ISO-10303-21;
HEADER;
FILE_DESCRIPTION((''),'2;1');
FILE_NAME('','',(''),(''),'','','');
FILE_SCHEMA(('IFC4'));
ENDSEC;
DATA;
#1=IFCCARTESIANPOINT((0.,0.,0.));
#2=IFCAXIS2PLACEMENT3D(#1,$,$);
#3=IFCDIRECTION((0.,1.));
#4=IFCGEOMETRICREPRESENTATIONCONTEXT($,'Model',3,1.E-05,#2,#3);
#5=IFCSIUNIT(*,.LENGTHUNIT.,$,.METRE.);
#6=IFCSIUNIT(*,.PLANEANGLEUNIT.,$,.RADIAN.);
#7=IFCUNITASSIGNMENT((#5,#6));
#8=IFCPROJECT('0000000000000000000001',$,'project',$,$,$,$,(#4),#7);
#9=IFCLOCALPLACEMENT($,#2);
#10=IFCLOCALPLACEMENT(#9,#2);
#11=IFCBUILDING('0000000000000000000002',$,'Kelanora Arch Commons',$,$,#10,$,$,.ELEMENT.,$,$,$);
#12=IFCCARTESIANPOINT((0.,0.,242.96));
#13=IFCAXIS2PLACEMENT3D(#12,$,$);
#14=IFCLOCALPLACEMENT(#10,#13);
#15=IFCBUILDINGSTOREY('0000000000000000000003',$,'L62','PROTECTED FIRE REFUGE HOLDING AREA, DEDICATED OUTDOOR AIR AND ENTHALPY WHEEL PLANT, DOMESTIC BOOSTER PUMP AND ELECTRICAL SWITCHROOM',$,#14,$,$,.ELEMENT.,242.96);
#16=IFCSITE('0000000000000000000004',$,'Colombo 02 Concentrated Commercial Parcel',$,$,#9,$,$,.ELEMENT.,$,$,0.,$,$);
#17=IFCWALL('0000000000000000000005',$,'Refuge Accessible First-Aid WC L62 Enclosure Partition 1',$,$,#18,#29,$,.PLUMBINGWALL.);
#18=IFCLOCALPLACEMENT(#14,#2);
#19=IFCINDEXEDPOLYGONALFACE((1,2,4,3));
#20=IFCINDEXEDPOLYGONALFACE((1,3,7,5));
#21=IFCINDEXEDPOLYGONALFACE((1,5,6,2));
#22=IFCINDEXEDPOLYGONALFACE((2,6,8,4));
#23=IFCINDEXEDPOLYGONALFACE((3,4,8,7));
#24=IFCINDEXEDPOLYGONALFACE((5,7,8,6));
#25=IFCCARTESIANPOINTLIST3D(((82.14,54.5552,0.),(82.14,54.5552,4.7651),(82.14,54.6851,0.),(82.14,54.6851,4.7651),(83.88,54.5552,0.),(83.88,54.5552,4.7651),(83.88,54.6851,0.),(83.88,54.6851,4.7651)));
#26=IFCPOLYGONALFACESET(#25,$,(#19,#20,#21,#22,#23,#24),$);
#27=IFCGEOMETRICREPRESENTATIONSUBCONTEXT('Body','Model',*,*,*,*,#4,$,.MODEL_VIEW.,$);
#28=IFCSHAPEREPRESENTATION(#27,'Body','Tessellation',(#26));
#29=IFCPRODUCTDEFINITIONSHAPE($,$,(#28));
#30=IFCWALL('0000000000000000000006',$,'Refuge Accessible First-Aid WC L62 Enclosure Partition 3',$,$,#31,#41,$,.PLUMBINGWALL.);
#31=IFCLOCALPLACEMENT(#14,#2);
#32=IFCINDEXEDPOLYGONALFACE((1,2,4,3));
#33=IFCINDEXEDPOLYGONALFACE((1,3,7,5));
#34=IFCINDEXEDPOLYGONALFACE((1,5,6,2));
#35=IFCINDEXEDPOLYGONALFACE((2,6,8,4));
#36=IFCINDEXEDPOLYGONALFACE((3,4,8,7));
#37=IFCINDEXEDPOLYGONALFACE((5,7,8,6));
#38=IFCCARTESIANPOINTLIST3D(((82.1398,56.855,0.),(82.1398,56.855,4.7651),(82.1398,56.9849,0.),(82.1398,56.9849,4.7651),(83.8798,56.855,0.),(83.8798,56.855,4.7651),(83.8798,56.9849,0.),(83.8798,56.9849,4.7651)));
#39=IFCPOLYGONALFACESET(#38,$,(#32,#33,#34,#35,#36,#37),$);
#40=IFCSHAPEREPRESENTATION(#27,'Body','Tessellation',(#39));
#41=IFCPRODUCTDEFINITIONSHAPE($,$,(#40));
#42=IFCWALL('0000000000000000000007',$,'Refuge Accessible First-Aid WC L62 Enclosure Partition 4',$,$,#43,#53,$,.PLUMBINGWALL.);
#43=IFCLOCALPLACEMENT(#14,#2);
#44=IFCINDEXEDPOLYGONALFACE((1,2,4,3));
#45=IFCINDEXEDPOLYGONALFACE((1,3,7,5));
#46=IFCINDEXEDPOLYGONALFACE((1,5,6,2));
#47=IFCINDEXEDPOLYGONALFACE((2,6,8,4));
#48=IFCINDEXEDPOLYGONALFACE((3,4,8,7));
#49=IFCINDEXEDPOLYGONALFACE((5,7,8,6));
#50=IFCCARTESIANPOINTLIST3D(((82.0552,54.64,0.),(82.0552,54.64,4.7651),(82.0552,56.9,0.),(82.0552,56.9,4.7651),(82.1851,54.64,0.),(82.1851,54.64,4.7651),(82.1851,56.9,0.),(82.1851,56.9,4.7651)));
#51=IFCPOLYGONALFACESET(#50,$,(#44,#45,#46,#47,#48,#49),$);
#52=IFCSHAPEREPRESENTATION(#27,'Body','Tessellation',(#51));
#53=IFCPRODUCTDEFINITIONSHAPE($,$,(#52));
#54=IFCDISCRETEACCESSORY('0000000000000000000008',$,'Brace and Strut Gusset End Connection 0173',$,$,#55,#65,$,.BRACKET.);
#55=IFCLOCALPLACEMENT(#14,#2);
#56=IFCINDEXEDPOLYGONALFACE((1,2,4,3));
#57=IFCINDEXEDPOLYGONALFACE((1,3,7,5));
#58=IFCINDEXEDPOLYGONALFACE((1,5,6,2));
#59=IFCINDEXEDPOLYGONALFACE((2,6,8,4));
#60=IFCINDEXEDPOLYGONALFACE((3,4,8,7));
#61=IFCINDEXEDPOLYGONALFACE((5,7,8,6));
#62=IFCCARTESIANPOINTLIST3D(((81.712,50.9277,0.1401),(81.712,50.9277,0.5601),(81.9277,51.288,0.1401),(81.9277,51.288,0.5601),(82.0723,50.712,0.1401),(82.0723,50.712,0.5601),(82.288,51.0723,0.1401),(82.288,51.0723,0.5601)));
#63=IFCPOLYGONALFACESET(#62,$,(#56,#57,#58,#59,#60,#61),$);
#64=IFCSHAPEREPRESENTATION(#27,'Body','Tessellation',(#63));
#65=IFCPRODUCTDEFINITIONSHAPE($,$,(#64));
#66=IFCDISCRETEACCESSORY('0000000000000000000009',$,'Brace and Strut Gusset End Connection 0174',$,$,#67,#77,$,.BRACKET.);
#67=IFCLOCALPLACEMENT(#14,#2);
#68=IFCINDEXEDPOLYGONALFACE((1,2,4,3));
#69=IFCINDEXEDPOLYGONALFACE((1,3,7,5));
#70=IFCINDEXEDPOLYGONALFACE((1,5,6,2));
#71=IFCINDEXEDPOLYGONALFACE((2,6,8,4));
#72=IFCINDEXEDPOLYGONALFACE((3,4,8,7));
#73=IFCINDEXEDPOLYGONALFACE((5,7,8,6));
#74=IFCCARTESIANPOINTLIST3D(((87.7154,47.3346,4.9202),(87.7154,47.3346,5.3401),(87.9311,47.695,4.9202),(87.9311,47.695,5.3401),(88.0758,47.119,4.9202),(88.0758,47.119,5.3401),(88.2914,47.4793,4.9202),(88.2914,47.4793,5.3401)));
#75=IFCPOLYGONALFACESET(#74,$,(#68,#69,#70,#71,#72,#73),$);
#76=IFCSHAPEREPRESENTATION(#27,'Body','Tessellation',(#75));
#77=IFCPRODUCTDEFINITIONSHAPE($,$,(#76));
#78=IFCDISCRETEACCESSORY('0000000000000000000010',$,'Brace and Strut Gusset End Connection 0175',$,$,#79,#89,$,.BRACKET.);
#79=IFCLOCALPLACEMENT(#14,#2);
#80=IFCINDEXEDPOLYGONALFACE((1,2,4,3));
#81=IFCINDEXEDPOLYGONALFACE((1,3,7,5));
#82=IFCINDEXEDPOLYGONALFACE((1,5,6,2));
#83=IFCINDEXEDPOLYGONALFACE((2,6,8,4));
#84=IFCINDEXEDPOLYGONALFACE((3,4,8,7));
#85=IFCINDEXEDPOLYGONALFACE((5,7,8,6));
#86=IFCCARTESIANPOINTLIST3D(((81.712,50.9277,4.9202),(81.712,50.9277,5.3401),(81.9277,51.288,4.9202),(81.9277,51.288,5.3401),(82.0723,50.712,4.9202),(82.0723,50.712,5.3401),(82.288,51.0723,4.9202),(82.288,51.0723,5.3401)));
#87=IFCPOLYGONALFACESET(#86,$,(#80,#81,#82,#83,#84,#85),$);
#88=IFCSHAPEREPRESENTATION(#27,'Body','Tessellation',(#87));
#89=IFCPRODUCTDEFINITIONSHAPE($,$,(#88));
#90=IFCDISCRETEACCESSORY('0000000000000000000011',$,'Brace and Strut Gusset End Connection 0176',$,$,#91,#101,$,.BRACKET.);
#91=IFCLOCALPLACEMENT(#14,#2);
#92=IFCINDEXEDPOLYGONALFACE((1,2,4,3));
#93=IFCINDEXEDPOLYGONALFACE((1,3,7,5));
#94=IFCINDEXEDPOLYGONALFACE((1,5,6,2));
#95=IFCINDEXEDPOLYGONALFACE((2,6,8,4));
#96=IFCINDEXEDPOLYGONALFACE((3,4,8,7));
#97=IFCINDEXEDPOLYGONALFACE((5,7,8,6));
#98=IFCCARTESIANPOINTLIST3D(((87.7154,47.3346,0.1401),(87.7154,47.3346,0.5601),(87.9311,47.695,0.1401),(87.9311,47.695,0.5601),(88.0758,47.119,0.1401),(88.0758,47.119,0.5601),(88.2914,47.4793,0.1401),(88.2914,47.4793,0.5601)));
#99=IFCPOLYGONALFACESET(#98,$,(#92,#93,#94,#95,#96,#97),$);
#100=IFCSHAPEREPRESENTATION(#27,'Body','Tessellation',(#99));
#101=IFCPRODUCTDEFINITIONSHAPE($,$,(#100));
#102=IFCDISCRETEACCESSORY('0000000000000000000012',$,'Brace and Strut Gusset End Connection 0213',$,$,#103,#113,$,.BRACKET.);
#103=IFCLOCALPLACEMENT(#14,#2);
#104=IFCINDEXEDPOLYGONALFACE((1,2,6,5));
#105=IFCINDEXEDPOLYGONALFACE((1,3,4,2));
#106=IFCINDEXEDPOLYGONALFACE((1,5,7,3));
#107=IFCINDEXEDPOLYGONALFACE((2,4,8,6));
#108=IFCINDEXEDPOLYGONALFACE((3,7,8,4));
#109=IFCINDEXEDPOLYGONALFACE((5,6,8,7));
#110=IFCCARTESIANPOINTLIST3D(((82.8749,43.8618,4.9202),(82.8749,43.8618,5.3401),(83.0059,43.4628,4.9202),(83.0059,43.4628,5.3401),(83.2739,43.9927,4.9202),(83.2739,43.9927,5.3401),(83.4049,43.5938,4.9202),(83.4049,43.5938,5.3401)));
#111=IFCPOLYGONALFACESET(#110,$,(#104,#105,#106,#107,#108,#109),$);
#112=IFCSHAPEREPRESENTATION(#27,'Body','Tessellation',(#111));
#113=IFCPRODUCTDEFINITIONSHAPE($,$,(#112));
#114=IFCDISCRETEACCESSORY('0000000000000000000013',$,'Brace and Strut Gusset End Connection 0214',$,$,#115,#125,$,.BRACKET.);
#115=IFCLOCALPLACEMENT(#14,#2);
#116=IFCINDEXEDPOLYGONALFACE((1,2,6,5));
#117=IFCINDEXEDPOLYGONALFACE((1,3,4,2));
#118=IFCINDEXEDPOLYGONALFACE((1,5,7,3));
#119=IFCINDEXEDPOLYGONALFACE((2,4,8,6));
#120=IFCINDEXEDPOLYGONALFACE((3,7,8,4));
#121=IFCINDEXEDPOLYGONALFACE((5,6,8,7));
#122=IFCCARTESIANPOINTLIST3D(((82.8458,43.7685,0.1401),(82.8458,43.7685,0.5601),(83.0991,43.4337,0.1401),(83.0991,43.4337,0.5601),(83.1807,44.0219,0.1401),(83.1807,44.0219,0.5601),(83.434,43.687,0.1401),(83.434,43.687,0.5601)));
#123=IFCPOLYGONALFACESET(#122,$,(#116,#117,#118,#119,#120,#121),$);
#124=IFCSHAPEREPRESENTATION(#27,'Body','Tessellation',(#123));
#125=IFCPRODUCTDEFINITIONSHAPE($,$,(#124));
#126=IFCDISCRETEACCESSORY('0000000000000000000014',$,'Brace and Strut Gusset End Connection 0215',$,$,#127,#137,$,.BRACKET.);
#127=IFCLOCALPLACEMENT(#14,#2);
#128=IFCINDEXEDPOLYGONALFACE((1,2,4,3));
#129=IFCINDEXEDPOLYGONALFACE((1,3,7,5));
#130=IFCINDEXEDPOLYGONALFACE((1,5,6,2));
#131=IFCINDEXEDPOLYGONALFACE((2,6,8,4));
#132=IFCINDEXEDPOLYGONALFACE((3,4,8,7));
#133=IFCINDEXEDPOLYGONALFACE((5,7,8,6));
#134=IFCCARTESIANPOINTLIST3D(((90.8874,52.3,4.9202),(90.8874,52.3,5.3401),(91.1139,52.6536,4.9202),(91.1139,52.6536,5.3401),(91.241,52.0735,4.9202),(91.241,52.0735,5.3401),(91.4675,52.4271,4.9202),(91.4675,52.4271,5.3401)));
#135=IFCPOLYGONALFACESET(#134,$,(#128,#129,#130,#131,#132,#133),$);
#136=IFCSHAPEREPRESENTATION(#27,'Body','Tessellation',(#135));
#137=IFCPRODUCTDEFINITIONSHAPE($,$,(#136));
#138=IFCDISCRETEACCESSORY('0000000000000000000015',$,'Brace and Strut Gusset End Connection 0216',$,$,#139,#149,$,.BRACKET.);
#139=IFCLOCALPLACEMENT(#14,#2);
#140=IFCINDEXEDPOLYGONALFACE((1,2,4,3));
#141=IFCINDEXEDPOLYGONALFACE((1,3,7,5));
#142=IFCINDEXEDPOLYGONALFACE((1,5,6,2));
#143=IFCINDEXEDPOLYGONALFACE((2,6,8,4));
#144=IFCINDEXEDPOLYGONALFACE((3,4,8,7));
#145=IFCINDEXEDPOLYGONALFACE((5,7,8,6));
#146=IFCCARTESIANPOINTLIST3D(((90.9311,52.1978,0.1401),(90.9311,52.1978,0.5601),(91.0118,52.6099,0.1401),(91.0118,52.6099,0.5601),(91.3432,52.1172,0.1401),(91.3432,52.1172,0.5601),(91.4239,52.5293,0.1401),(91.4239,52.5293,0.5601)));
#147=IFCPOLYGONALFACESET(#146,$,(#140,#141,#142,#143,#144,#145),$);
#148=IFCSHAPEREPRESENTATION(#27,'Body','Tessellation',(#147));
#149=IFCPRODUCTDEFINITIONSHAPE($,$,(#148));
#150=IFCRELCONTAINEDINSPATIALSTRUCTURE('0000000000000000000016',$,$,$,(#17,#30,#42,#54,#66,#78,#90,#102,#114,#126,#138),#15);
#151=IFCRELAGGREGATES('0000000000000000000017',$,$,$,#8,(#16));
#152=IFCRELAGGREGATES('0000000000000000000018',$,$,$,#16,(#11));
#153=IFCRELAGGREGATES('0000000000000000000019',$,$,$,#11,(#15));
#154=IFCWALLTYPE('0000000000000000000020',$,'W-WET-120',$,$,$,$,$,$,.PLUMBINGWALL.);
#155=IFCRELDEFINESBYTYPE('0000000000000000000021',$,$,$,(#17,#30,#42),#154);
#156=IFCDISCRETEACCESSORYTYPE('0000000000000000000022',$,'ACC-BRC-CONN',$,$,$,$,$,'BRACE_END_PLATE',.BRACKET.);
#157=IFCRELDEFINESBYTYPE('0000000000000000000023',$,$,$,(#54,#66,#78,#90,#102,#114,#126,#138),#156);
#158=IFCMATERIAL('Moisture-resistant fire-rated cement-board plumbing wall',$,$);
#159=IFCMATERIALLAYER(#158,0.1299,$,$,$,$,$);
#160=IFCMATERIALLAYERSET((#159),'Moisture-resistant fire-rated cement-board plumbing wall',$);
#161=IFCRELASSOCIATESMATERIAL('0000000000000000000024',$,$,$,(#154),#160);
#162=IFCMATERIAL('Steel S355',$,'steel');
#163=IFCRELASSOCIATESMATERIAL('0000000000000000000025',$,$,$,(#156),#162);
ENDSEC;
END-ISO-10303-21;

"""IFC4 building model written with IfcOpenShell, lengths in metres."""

from ifc_helpers import new_model, si_unit, direction, frame, frame_2d, origin, origin_2d, place, context, subcontext, project, spatial, rectangle, extrude, source, transform, mapped, material, layer, layer_set, type_object, element, save


model = new_model("IFC4")

# Units and contexts
model_context = context("Model", 3, precision=1e-05, world=origin(), true_north=direction((0.0, 1.0)))
body_context = subcontext(model_context, "Body", "Model", "MODEL_VIEW")
ifc_project = project(units=[si_unit("LENGTHUNIT", "METRE"), si_unit("PLANEANGLEUNIT", "RADIAN")], contexts=[model_context])

# Site, building, storey
site_placement = place(None, origin())
site = spatial("IfcSite", under=ifc_project, at=site_placement, Name="Colombo 02 Concentrated Commercial Parcel", CompositionType="ELEMENT", RefElevation=0.0)
building_placement = place(site_placement, origin())
building = spatial("IfcBuilding", under=site, at=building_placement, Name="Kelanora Arch Commons", CompositionType="ELEMENT")
storey_placement = place(building_placement, frame((0.0, 0.0, 242.96)))
storey = spatial("IfcBuildingStorey", under=building, at=storey_placement, Name="L62", Description="PROTECTED FIRE REFUGE HOLDING AREA, DEDICATED OUTDOOR AIR AND ENTHALPY WHEEL PLANT, DOMESTIC BOOSTER PUMP AND ELECTRICAL SWITCHROOM", CompositionType="ELEMENT", Elevation=242.96)

# Shared definitions
ifc_material_1 = material(Name="Steel S355", Category="steel")

# Shared definitions
ifc_material_2 = material(Name="Moisture-resistant fire-rated cement-board plumbing wall")
ifc_layer_1 = layer(ifc_material_2, 0.1299)
ifc_layer_set_1 = layer_set([ifc_layer_1], Name="Moisture-resistant fire-rated cement-board plumbing wall")
wall_type_1 = type_object("IfcWallType", Name="W-WET-120", PredefinedType="PLUMBINGWALL", material=ifc_layer_set_1)

# Walls
for number, where, z_axis, x_axis, name in (
    (1, (82.1399, 54.6201, 0.0), (0.0, 0.0, 1.0), (1.0, 0.0, 0.0), "Refuge Accessible First-Aid WC L62 Enclosure Partition 1"),
    (2, (83.8799, 56.9199, 0.0), (0.0, 0.0, 1.0), (-1.0, 0.0, 0.0), "Refuge Accessible First-Aid WC L62 Enclosure Partition 3"),
):
    element("IfcWall", number, at=place(storey_placement, frame(where, z_axis=z_axis, x_axis=x_axis)), inside=storey, type_object=wall_type_1, Name=name, PredefinedType="PLUMBINGWALL", context=body_context, shape_type="SweptSolid", body=[
        extrude(rectangle(XDim=1.74, YDim=0.1299, at=frame_2d((0.8701, 0.0))), origin(), (0.0, 0.0, 1.0), 4.7651),
    ])
wall_1_placement = place(storey_placement, frame((82.1201, 56.8999, 0.0), z_axis=(0.0, 0.0, 1.0), x_axis=(0.0, -1.0, 0.0)))
element("IfcWall", 3, at=wall_1_placement, inside=storey, type_object=wall_type_1, Name="Refuge Accessible First-Aid WC L62 Enclosure Partition 4", PredefinedType="PLUMBINGWALL", context=body_context, shape_type="SweptSolid", body=[
    extrude(rectangle(XDim=2.26, YDim=0.1299, at=frame_2d((1.1299, 0.0))), origin(), (0.0, 0.0, 1.0), 4.7651),
])

# Discrete accessories
discrete_accessory_type = type_object("IfcDiscreteAccessoryType", Name="ACC-BRC-CONN", ElementType="BRACE_END_PLATE", PredefinedType="BRACKET", material=ifc_material_1)
shared_shape = source(origin(), body_context, "Body", "SweptSolid", [
    extrude(rectangle(XDim=0.4199, YDim=0.4199, at=origin_2d()), origin(), (0.0, 0.0, 1.0), 0.4199),
])
for number, where, z_axis, x_axis, name in (
    (4, (82.0, 51.0, 0.1401), (0.0, 0.0, 1.0), (0.858065, -0.513541, 0.0), "Brace and Strut Gusset End Connection 0173"),
    (5, (88.0034, 47.407, 4.9202), (0.0, 0.0, 1.0), (0.858065, -0.513541, 0.0), "Brace and Strut Gusset End Connection 0174"),
    (6, (82.0, 51.0, 4.9202), (0.0, 0.0, 1.0), (0.858065, -0.513541, 0.0), "Brace and Strut Gusset End Connection 0175"),
    (7, (88.0034, 47.407, 0.1401), (0.0, 0.0, 1.0), (0.858065, -0.513541, 0.0), "Brace and Strut Gusset End Connection 0176"),
    (8, (83.1399, 43.7278, 4.9202), (0.0, 0.0, 1.0), (0.950135, 0.311837, 0.0), "Brace and Strut Gusset End Connection 0213"),
    (9, (83.1399, 43.7278, 0.1401), (0.0, 0.0, 1.0), (0.797479, 0.603347, 0.0), "Brace and Strut Gusset End Connection 0214"),
    (10, (91.1775, 52.3635, 4.9202), (0.0, 0.0, 1.0), (0.539359, 0.842076, 0.0), "Brace and Strut Gusset End Connection 0215"),
    (11, (91.1775, 52.3635, 0.1401), (0.0, 0.0, 1.0), (0.192008, 0.981393, 0.0), "Brace and Strut Gusset End Connection 0216"),
):
    element("IfcDiscreteAccessory", number, at=place(storey_placement, frame(where, z_axis=z_axis, x_axis=x_axis)), inside=storey, type_object=discrete_accessory_type, Name=name, PredefinedType="BRACKET", context=body_context, shape_type="MappedRepresentation", body=[
        mapped(shared_shape, transform((0.0, 0.0, 0.0), scale=1.0)),
    ])

save(model, "model.ifc")
